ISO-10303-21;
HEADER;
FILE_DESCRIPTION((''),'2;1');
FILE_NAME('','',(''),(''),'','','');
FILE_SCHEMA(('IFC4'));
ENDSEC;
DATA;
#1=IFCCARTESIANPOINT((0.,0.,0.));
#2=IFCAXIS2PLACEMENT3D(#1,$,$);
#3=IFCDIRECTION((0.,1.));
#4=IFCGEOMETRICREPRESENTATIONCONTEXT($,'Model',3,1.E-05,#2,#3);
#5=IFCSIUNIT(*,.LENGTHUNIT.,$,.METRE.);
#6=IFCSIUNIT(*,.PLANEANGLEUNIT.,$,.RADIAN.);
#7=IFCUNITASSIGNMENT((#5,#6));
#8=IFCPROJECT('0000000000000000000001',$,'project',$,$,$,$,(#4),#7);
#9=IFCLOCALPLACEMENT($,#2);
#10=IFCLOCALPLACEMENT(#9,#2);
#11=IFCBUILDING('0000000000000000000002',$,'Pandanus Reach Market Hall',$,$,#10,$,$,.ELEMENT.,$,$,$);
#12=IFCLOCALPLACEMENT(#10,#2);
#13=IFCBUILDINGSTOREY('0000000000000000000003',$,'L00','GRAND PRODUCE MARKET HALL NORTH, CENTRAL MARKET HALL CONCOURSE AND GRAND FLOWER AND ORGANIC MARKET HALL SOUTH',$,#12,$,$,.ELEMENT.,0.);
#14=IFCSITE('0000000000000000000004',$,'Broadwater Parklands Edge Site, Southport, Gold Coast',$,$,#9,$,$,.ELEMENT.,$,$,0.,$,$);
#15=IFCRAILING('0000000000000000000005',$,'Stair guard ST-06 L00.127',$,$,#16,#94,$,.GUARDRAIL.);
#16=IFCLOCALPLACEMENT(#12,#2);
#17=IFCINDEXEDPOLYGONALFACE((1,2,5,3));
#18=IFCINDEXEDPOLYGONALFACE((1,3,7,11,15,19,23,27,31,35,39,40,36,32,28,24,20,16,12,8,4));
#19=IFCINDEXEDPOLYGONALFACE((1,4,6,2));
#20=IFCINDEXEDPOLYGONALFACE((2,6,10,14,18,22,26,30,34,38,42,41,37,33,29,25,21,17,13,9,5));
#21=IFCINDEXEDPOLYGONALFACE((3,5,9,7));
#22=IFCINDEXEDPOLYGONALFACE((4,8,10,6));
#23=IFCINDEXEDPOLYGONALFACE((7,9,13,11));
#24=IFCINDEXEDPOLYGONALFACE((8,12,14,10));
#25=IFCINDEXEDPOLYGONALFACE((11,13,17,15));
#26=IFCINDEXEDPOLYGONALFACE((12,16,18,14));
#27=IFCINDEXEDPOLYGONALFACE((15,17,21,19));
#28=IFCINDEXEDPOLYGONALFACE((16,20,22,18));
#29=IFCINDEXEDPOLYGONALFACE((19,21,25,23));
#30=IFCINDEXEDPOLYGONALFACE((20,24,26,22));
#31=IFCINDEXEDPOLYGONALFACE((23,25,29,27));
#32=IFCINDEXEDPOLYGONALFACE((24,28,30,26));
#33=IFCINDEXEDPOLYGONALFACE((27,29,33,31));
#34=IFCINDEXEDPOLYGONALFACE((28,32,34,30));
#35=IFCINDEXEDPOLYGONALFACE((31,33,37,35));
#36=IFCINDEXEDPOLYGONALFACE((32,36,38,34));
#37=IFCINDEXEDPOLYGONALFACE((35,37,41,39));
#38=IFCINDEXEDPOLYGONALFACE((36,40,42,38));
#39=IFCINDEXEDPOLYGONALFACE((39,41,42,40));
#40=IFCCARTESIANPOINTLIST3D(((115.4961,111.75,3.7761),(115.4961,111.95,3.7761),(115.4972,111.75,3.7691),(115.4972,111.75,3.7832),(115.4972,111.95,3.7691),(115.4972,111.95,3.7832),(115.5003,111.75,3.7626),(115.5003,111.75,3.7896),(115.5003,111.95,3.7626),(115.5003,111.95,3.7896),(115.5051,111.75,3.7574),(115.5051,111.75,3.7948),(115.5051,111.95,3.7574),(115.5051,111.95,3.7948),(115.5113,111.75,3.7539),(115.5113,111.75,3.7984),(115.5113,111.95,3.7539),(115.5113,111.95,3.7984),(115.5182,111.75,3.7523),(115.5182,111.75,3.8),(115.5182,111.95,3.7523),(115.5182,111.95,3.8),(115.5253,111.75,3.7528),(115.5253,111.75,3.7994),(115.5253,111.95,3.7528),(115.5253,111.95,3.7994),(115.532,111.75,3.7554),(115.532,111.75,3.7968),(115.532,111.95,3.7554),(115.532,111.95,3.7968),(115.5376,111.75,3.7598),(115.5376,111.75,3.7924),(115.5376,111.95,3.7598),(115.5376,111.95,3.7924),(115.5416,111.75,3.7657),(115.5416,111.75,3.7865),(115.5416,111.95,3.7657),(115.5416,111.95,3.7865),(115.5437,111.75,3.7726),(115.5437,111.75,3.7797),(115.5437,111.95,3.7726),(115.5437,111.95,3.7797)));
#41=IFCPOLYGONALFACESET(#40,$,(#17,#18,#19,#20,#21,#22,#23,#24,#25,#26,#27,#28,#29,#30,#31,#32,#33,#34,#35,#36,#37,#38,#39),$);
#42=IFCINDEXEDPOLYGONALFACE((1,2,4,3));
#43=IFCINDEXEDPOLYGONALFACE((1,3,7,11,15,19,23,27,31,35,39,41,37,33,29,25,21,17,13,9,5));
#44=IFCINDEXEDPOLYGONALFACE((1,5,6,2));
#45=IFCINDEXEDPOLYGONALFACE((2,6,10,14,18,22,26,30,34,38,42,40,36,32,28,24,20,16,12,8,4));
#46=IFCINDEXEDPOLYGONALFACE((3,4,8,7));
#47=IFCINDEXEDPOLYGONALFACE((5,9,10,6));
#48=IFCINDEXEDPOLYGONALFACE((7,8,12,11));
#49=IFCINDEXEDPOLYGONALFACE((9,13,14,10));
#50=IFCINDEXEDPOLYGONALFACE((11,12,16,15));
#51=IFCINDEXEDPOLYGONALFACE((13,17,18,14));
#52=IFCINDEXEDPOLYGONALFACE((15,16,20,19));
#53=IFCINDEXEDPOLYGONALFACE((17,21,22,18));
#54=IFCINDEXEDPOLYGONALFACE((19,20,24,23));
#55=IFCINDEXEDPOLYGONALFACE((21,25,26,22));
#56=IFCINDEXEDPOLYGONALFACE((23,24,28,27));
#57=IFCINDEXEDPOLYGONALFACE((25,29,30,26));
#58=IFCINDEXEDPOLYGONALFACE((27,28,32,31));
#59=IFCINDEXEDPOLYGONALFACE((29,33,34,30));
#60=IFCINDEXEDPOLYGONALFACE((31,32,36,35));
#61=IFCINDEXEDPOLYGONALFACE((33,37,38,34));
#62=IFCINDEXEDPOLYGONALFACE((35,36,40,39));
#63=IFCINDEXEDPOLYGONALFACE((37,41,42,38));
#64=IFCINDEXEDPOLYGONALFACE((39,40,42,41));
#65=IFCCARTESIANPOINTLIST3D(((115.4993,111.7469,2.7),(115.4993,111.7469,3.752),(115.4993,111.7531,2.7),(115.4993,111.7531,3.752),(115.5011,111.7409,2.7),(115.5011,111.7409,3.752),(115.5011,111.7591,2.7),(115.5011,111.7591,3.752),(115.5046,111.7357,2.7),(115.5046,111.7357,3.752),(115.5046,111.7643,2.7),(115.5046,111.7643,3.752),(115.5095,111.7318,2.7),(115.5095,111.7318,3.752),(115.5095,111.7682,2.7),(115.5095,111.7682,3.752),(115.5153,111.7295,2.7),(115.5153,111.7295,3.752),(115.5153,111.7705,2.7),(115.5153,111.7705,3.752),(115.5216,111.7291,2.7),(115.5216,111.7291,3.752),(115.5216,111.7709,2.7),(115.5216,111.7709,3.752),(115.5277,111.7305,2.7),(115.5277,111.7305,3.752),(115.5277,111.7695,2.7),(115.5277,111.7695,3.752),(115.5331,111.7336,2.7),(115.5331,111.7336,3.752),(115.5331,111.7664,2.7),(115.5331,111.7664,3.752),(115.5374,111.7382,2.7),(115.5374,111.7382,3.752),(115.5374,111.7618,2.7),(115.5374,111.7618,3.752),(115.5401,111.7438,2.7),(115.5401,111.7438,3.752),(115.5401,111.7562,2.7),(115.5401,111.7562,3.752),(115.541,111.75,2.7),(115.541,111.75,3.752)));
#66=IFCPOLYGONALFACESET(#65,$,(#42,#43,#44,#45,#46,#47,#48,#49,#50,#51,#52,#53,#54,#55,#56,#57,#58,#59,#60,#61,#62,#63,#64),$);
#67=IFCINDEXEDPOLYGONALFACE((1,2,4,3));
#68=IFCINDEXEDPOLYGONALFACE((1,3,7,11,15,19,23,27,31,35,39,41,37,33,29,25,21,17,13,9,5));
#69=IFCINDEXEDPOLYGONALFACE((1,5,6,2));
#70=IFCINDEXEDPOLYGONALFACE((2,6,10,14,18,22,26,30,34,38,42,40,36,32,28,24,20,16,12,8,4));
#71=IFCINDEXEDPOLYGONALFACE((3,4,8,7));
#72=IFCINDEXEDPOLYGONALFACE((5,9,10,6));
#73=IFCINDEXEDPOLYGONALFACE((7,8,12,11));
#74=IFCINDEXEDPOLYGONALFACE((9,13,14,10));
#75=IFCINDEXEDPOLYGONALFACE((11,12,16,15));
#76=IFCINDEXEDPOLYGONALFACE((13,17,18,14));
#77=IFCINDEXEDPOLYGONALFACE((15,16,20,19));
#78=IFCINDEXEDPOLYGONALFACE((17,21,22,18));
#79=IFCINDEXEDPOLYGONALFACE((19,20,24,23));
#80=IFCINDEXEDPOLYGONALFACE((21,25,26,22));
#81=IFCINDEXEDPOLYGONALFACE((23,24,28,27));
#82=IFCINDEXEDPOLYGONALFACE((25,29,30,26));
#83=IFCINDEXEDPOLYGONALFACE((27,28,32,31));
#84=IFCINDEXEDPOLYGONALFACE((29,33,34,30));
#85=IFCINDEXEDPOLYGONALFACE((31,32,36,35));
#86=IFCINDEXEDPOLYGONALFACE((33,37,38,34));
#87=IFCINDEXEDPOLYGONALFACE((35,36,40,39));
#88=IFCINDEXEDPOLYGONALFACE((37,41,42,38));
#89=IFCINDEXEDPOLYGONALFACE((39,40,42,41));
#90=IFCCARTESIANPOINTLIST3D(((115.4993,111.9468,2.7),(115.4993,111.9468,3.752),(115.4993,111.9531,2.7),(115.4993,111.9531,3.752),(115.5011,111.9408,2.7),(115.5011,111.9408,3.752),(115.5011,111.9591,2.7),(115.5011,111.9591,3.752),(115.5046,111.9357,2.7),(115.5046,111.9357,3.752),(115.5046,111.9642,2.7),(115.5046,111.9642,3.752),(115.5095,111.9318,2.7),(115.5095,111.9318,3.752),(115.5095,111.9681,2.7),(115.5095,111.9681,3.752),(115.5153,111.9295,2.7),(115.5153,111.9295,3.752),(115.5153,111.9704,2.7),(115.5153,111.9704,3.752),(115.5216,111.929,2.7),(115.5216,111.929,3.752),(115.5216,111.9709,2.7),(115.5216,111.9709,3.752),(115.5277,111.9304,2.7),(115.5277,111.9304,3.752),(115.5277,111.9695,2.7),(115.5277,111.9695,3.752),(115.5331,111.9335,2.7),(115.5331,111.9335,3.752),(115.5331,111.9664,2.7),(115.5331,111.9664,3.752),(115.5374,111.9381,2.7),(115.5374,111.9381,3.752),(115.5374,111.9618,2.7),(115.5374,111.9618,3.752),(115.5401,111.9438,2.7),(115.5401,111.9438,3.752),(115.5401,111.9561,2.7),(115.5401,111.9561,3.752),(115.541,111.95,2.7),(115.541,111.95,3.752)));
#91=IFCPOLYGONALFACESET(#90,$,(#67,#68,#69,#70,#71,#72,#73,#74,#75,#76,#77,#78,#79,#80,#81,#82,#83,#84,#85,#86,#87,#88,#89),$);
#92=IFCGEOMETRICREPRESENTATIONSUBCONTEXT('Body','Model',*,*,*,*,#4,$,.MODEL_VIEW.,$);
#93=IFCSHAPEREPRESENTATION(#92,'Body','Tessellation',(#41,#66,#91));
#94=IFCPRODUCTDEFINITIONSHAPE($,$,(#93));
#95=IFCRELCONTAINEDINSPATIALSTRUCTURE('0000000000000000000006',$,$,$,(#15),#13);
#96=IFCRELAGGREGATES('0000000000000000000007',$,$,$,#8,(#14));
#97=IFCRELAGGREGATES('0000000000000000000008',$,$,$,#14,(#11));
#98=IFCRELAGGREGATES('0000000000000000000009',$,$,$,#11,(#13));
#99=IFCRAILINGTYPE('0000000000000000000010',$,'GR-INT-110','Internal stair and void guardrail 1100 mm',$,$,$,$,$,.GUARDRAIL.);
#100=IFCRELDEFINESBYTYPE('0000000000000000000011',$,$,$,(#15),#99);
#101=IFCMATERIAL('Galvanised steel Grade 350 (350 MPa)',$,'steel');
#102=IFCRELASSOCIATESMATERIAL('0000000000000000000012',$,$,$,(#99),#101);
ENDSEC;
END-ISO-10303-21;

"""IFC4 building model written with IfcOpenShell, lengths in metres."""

from ifc_helpers import new_model, si_unit, direction, frame, origin, origin_2d, place, context, subcontext, project, spatial, circle, extrude, material, type_object, element, save


model = new_model("IFC4")

# Units and contexts
model_context = context("Model", 3, precision=1e-05, world=origin(), true_north=direction((0.0, 1.0)))
body_context = subcontext(model_context, "Body", "Model", "MODEL_VIEW")
ifc_project = project(units=[si_unit("LENGTHUNIT", "METRE"), si_unit("PLANEANGLEUNIT", "RADIAN")], contexts=[model_context])

# Site, building, storey
site_placement = place(None, origin())
site = spatial("IfcSite", under=ifc_project, at=site_placement, Name="Broadwater Parklands Edge Site, Southport, Gold Coast", CompositionType="ELEMENT", RefElevation=0.0)
building_placement = place(site_placement, origin())
building = spatial("IfcBuilding", under=site, at=building_placement, Name="Pandanus Reach Market Hall", CompositionType="ELEMENT")
storey_placement = place(building_placement, origin())
storey = spatial("IfcBuildingStorey", under=building, at=storey_placement, Name="L00", Description="GRAND PRODUCE MARKET HALL NORTH, CENTRAL MARKET HALL CONCOURSE AND GRAND FLOWER AND ORGANIC MARKET HALL SOUTH", CompositionType="ELEMENT", Elevation=0.0)

# Shared definitions
ifc_material_1 = material(Name="Galvanised steel Grade 350 (350 MPa)", Category="steel")

# Railing
railing_type_1 = type_object("IfcRailingType", Name="GR-INT-110", Description="Internal stair and void guardrail 1100 mm", PredefinedType="GUARDRAIL", material=ifc_material_1)
railing_1_placement = place(storey_placement, frame((115.52, 111.75, 2.7)))
element("IfcRailing", 1, at=railing_1_placement, inside=storey, type_object=railing_type_1, Name="Stair guard ST-06 L00.127", PredefinedType="GUARDRAIL", context=body_context, shape_type="SweptSolid", body=[
    extrude(circle(Radius=0.0239, at=origin_2d()), frame((0.0, 0.0, 1.0762), z_axis=(0.0, 1.0, 0.0), x_axis=(-1.0, 0.0, 0.0)), (0.0, 0.0, 1.0), 0.2),
    extrude(circle(Radius=0.021, at=origin_2d()), origin(), (0.0, 0.0, 1.0), 1.052),
    extrude(circle(Radius=0.021, at=origin_2d()), frame((0.0, 0.2, 0.0)), (0.0, 0.0, 1.0), 1.052),
])

save(model, "model.ifc")
